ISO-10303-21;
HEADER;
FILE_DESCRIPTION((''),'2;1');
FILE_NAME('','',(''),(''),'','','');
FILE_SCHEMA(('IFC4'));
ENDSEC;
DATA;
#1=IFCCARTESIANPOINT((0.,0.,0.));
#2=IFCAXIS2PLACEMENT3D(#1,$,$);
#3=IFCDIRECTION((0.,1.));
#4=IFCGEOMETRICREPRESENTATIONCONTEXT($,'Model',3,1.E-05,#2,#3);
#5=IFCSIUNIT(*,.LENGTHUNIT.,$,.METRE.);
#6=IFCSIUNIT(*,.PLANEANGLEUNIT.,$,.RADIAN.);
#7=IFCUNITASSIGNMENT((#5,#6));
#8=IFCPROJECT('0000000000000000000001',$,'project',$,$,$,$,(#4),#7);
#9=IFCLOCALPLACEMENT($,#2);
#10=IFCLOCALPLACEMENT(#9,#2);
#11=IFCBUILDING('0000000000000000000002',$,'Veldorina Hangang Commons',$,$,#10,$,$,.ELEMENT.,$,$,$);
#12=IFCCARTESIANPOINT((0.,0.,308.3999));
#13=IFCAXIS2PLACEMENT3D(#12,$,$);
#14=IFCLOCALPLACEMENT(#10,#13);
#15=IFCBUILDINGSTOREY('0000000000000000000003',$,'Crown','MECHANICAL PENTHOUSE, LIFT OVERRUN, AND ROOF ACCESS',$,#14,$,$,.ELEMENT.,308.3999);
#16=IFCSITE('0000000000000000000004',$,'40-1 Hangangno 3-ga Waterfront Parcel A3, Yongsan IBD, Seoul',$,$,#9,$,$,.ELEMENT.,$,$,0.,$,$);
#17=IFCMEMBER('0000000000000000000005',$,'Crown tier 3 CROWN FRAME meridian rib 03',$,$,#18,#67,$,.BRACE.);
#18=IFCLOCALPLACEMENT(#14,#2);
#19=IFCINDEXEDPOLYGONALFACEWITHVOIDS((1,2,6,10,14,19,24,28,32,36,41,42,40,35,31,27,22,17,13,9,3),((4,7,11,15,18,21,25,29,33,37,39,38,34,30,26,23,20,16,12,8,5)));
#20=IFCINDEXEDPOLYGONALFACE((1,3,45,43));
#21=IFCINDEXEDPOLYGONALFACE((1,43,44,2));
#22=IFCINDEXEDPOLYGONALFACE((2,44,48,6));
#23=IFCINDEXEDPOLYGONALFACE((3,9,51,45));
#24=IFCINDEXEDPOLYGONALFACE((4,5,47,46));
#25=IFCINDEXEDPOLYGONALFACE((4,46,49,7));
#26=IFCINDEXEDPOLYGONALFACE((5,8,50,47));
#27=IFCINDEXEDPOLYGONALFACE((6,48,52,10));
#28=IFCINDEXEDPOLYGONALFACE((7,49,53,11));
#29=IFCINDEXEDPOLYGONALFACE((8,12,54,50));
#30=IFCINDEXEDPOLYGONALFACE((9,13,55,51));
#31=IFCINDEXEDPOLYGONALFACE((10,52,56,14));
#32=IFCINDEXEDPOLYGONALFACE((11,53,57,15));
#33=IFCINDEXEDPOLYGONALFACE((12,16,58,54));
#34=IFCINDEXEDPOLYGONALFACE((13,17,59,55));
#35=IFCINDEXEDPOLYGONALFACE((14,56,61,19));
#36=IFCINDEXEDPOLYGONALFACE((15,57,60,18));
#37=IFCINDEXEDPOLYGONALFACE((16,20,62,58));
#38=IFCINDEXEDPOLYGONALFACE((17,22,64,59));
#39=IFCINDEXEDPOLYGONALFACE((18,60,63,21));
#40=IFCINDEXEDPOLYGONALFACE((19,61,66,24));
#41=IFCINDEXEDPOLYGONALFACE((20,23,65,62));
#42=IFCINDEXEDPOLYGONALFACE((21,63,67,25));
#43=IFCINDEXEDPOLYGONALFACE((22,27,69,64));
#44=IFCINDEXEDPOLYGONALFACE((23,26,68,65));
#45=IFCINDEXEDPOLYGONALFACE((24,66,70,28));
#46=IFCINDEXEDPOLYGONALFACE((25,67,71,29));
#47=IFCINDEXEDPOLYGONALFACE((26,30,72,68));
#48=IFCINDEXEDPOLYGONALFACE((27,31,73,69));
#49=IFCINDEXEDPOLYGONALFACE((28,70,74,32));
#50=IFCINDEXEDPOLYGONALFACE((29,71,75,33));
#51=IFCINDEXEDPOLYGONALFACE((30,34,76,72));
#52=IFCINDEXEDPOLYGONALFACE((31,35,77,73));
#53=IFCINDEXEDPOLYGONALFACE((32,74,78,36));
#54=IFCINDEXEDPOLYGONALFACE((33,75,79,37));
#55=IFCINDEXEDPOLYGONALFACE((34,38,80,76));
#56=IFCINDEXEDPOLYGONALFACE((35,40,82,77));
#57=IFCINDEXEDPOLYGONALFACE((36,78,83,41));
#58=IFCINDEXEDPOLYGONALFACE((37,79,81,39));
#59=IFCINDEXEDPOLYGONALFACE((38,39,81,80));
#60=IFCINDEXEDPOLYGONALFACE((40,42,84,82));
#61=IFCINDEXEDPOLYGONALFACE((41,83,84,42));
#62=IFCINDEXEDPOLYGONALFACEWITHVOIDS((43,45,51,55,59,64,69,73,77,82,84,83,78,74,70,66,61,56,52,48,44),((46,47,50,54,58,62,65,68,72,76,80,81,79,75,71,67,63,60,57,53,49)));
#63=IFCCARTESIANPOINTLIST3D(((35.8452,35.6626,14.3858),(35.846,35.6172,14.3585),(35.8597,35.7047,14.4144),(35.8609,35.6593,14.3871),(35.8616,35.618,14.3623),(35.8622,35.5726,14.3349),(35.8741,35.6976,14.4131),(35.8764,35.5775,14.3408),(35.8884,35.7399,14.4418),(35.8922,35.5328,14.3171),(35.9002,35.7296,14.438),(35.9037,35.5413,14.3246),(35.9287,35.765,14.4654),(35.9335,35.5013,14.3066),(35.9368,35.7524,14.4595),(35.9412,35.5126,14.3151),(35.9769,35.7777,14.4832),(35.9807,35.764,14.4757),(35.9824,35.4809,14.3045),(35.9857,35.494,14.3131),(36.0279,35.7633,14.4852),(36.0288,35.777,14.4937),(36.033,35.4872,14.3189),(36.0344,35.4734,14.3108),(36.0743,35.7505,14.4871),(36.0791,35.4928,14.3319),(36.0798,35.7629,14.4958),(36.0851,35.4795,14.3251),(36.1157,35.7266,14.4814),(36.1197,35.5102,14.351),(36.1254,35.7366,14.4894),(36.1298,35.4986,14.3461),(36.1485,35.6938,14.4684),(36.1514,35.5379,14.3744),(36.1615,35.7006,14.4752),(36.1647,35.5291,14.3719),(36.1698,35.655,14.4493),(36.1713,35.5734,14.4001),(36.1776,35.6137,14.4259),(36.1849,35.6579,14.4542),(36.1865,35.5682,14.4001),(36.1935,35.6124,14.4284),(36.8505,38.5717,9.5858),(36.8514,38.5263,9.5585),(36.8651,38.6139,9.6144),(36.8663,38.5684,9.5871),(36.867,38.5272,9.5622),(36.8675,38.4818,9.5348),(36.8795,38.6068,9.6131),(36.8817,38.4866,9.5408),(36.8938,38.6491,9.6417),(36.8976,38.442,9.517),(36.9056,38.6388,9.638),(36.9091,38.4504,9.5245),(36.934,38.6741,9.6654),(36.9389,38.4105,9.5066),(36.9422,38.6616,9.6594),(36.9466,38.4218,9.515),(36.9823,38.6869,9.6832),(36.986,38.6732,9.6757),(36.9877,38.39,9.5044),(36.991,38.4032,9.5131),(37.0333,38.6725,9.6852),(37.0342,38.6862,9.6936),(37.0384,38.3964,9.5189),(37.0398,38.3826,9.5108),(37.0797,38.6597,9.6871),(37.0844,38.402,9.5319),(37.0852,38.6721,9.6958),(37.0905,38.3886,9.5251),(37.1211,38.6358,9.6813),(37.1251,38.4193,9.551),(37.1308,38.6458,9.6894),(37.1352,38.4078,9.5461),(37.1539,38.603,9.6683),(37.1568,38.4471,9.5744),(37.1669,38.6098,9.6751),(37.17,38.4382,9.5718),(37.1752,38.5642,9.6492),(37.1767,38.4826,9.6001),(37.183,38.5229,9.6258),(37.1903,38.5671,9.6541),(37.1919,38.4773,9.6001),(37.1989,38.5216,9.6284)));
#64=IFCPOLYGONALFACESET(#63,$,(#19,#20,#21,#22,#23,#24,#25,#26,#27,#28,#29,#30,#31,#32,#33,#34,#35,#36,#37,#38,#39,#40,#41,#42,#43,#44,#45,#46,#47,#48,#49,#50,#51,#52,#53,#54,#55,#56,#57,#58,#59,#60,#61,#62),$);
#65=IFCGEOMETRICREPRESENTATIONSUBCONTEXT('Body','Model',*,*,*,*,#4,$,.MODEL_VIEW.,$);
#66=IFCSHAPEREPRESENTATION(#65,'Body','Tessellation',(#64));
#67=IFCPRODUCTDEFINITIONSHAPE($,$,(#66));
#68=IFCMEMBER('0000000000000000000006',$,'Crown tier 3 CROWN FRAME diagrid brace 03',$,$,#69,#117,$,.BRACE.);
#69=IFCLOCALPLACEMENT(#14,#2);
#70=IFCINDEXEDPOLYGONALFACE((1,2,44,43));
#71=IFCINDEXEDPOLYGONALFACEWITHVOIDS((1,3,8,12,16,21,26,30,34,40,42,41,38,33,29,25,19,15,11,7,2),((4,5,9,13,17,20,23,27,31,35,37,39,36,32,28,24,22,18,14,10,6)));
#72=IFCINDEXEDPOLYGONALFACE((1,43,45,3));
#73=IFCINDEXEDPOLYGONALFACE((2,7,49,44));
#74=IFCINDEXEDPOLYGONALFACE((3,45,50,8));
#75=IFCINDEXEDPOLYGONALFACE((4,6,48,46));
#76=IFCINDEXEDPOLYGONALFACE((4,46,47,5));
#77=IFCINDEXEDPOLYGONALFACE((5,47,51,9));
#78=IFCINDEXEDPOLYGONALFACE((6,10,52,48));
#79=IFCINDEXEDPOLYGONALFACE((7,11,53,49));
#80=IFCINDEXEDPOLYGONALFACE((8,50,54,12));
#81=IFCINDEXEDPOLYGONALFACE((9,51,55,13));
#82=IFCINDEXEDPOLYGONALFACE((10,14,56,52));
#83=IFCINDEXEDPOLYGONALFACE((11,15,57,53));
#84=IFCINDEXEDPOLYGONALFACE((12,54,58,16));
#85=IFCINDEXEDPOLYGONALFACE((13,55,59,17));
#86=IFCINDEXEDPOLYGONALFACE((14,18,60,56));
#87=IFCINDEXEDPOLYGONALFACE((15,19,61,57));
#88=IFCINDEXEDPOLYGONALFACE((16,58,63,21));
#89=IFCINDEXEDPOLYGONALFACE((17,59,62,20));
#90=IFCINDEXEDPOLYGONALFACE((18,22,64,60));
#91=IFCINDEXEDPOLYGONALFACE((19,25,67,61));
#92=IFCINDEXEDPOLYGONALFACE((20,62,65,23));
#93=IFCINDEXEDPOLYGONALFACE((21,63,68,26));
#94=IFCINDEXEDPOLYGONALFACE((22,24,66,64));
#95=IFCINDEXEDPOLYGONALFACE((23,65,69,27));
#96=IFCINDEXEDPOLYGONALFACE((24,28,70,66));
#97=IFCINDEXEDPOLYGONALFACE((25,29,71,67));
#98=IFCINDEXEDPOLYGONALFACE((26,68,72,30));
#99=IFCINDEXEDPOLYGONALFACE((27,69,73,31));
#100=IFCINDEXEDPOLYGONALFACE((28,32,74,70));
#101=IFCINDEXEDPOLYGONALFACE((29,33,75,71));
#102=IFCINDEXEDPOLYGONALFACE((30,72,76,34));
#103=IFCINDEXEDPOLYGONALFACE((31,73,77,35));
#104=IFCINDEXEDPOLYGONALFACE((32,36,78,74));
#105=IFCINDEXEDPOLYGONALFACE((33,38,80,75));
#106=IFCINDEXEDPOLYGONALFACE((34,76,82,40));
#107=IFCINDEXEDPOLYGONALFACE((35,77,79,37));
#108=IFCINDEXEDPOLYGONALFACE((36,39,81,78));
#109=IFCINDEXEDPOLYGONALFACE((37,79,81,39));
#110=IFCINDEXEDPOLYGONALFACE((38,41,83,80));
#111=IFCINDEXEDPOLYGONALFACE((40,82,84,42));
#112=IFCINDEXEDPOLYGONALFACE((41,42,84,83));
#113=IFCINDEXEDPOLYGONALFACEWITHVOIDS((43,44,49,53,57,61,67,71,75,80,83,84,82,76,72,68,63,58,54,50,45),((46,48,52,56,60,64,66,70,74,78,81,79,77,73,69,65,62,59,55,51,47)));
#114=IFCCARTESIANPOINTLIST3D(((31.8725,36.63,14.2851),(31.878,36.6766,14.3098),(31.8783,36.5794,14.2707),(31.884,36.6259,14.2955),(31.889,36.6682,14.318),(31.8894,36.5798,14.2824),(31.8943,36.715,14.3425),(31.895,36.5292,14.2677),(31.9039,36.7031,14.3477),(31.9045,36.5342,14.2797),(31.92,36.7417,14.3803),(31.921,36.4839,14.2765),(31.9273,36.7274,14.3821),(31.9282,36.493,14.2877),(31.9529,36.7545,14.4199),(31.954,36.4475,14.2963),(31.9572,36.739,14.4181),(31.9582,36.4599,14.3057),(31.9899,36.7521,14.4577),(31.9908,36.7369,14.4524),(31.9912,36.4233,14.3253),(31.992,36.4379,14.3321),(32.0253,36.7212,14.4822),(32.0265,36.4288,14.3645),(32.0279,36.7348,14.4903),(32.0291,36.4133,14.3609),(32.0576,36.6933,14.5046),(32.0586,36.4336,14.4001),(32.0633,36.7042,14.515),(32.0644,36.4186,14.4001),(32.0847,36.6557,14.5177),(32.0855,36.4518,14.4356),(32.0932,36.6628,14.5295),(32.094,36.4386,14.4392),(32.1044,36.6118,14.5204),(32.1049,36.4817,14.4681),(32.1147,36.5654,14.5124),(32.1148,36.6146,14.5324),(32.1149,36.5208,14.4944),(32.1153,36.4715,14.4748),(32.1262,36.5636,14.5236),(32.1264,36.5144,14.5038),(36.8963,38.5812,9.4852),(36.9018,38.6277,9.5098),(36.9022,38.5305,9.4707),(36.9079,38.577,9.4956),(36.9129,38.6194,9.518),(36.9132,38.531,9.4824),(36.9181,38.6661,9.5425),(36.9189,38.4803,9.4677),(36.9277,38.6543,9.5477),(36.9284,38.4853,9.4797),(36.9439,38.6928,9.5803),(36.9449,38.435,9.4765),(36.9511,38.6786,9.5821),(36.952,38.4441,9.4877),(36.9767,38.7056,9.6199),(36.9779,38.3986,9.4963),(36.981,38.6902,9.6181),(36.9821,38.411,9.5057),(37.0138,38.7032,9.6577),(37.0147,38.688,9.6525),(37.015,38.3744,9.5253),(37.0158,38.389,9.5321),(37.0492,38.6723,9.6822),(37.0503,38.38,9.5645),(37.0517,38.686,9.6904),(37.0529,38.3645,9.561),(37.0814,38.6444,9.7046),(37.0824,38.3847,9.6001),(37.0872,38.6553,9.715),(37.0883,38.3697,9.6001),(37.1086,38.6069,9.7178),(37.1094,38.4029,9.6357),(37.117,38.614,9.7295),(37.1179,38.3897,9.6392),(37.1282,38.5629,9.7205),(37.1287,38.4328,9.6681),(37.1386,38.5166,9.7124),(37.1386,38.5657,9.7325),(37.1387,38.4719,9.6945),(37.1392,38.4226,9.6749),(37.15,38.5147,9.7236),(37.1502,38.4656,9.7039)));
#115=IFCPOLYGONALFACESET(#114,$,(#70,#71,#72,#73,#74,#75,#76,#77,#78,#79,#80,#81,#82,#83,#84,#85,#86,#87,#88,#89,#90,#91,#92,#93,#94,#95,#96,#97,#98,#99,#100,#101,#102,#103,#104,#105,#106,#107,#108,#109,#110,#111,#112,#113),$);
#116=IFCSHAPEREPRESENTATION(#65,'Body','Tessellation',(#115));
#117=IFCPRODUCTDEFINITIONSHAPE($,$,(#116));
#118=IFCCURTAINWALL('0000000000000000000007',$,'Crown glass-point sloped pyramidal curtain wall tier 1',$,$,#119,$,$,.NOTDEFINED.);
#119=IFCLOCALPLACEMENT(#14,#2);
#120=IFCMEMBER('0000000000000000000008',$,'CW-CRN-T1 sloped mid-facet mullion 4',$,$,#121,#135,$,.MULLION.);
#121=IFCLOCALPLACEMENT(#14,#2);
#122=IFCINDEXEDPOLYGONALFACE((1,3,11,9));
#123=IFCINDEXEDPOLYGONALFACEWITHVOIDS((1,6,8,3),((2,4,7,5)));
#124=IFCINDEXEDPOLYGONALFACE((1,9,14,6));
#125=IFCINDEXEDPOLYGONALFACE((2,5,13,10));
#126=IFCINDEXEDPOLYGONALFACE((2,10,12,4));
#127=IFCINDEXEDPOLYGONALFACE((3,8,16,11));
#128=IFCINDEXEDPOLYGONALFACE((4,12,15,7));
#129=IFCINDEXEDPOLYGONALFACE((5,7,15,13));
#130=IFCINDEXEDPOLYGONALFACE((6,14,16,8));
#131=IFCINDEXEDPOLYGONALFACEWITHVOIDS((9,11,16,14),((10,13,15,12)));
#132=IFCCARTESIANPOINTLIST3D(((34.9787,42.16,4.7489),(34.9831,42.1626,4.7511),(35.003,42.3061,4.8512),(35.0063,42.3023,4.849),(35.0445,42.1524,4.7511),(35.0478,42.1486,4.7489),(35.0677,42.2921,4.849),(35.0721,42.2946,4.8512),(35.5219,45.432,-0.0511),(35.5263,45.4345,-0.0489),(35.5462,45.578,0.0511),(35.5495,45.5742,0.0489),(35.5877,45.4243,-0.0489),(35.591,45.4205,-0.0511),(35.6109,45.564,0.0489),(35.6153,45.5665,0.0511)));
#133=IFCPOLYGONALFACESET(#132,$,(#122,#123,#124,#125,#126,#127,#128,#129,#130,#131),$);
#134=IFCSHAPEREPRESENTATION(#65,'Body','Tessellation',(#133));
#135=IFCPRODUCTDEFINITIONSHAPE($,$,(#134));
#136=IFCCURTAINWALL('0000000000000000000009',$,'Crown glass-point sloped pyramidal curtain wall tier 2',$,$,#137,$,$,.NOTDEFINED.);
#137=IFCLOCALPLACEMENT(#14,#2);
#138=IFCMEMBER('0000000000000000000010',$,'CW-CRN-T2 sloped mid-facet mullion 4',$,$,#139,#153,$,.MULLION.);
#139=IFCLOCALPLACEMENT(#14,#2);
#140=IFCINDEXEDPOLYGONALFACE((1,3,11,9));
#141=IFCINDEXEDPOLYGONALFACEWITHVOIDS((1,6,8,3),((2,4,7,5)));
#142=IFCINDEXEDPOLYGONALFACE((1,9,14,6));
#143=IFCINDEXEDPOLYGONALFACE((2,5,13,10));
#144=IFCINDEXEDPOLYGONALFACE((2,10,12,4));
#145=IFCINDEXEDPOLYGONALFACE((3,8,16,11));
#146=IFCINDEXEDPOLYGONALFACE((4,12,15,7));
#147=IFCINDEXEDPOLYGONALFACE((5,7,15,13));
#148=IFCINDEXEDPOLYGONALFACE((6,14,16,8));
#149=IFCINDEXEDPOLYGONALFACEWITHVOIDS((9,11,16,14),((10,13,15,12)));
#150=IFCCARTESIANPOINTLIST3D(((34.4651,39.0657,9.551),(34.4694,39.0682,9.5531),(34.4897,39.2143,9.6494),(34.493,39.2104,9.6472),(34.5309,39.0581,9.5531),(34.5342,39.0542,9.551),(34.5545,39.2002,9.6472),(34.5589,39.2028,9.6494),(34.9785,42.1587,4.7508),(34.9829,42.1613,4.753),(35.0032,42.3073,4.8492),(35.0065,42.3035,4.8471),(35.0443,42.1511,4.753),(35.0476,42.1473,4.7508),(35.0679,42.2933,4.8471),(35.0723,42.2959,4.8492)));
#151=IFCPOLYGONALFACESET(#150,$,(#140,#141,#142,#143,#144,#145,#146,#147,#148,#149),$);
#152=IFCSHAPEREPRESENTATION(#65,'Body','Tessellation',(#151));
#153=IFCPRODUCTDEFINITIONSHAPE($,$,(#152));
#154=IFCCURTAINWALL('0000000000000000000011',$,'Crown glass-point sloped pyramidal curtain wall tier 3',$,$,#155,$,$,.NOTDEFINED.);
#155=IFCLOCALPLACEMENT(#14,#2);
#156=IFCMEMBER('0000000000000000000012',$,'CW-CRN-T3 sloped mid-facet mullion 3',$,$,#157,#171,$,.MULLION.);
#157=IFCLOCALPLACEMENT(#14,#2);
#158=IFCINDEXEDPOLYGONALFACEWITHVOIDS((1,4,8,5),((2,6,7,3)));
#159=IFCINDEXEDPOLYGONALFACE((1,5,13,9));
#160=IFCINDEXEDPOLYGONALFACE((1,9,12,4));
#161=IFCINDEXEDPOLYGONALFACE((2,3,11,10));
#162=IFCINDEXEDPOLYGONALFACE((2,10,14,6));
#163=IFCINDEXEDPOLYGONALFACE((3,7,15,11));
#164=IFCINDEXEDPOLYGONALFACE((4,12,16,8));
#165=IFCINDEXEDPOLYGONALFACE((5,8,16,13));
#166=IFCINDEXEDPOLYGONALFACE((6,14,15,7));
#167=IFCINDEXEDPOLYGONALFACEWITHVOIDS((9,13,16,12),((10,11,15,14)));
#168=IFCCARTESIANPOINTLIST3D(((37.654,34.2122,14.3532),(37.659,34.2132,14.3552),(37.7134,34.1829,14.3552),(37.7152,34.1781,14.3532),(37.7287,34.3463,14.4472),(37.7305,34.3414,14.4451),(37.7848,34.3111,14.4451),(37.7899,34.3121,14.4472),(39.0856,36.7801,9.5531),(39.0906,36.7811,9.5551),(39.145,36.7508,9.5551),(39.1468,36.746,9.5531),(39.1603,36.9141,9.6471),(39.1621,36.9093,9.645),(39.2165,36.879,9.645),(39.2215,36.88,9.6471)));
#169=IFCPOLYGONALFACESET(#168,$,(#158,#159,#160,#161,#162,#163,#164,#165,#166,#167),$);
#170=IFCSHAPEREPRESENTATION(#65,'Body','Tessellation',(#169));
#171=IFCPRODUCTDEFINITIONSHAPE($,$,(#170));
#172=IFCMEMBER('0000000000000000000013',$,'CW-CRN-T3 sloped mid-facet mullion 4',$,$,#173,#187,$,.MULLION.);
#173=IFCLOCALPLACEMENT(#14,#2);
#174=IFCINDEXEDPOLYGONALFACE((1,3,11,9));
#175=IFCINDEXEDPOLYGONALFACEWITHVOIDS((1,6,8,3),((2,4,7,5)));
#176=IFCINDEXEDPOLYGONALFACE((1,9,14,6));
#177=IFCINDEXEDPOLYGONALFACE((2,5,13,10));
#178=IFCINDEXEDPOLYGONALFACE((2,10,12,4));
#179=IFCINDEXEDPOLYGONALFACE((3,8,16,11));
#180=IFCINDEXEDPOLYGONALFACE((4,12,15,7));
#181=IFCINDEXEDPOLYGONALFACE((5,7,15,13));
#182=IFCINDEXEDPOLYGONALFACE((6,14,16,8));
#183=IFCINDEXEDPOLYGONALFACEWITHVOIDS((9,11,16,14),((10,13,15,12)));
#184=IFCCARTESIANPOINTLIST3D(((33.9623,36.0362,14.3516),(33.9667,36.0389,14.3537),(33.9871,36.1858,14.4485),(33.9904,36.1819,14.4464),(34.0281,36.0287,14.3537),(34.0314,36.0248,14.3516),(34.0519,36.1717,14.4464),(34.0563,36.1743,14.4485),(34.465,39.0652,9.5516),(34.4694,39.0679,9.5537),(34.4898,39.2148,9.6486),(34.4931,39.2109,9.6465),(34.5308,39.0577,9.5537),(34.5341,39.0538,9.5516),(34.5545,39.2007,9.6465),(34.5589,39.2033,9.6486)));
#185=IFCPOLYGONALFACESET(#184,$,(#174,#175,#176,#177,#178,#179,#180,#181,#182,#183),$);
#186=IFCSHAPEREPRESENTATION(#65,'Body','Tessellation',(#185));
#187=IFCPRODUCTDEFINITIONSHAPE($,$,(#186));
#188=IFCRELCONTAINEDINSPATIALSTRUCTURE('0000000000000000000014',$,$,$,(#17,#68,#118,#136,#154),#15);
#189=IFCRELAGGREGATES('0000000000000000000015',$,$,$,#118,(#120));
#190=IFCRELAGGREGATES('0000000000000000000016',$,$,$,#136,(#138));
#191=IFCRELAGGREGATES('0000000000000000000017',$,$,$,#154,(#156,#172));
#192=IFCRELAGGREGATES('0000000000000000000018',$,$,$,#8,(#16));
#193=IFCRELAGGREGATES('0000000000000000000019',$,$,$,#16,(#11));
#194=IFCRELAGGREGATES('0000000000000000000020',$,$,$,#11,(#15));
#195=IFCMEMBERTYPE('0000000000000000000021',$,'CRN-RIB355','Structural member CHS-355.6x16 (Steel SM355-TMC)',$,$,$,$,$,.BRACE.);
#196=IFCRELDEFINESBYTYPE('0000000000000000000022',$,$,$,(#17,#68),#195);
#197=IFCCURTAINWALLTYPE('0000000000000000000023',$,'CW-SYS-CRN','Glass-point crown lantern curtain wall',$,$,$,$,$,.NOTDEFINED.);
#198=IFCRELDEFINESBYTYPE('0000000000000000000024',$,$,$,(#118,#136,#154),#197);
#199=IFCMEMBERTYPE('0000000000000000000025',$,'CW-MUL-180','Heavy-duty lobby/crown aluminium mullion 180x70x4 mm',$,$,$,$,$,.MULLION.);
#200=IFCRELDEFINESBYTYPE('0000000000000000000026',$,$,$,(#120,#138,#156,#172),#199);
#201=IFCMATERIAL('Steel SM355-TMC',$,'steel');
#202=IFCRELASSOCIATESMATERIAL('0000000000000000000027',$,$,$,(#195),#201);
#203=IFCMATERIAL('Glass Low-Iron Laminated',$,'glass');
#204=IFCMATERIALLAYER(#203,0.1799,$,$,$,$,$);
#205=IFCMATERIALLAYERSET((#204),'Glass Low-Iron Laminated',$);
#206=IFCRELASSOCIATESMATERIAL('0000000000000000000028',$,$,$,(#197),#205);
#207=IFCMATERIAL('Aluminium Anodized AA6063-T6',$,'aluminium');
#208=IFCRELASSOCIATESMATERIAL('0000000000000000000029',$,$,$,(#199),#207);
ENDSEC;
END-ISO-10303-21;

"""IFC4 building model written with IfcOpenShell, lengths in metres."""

from ifc_helpers import new_model, si_unit, direction, frame, origin, origin_2d, place, context, subcontext, project, spatial, hollow_rectangle, hollow_circle, extrude, material, layer, layer_set, material_profile, profile_set, type_object, element, aggregate, save


model = new_model("IFC4")

# Units and contexts
model_context = context("Model", 3, precision=1e-05, world=origin(), true_north=direction((0.0, 1.0)))
body_context = subcontext(model_context, "Body", "Model", "MODEL_VIEW")
ifc_project = project(units=[si_unit("LENGTHUNIT", "METRE"), si_unit("PLANEANGLEUNIT", "RADIAN")], contexts=[model_context])

# Site, building, storey
site_placement = place(None, origin())
site = spatial("IfcSite", under=ifc_project, at=site_placement, Name="40-1 Hangangno 3-ga Waterfront Parcel A3, Yongsan IBD, Seoul", CompositionType="ELEMENT", RefElevation=0.0)
building_placement = place(site_placement, origin())
building = spatial("IfcBuilding", under=site, at=building_placement, Name="Veldorina Hangang Commons", CompositionType="ELEMENT")
storey_placement = place(building_placement, frame((0.0, 0.0, 308.3999)))
storey = spatial("IfcBuildingStorey", under=building, at=storey_placement, Name="Crown", Description="MECHANICAL PENTHOUSE, LIFT OVERRUN, AND ROOF ACCESS", CompositionType="ELEMENT", Elevation=308.3999)

# Members
ifc_material_1 = material(Name="Steel SM355-TMC", Category="steel")
ifc_material_profile_1 = material_profile(ifc_material_1, hollow_circle(Radius=0.1777, WallThickness=0.0161, at=origin_2d()), Name="CHS-355.6x16")
ifc_profile_set_1 = profile_set([ifc_material_profile_1], Name="Steel SM355-TMC")
member_type_1 = type_object("IfcMemberType", Name="CRN-RIB355", Description="Structural member CHS-355.6x16 (Steel SM355-TMC)", PredefinedType="BRACE", material=ifc_profile_set_1)
member_1_placement = place(storey_placement, frame((37.0239, 38.5354, 9.6001), z_axis=(-0.176314, -0.51019, 0.841796), x_axis=(0.945152, -0.326631, 0.0)))
element("IfcMember", 1, at=member_1_placement, inside=storey, type_object=member_type_1, Name="Crown tier 3 CROWN FRAME meridian rib 03", PredefinedType="BRACE", context=body_context, shape_type="SweptSolid", body=[
    extrude(hollow_circle(Radius=0.1777, WallThickness=0.0161, at=origin_2d()), origin(), (0.0, 0.0, 1.0), 5.7021),
])
member_2_placement = place(storey_placement, frame((37.0239, 38.5354, 9.6001), z_axis=(-0.696109, -0.270352, 0.665088), x_axis=(0.362031, -0.932166, 0.0)))
element("IfcMember", 2, at=member_2_placement, inside=storey, type_object=member_type_1, Name="Crown tier 3 CROWN FRAME diagrid brace 03", PredefinedType="BRACE", context=body_context, shape_type="SweptSolid", body=[
    extrude(hollow_circle(Radius=0.1777, WallThickness=0.0161, at=origin_2d()), origin(), (0.0, 0.0, 1.0), 7.217),
])

# Curtain walls, members
ifc_material_2 = material(Name="Glass Low-Iron Laminated", Category="glass")
ifc_layer_1 = layer(ifc_material_2, 0.1799)
ifc_layer_set_1 = layer_set([ifc_layer_1], Name="Glass Low-Iron Laminated")
curtain_wall_type = type_object("IfcCurtainWallType", Name="CW-SYS-CRN", Description="Glass-point crown lantern curtain wall", PredefinedType="NOTDEFINED", material=ifc_layer_set_1)
curtain_wall_1_placement = place(storey_placement, origin())
curtain_wall_1 = element("IfcCurtainWall", 3, at=curtain_wall_1_placement, inside=storey, type_object=curtain_wall_type, Name="Crown glass-point sloped pyramidal curtain wall tier 1", PredefinedType="NOTDEFINED")
ifc_material_3 = material(Name="Aluminium Anodized AA6063-T6", Category="aluminium")
ifc_material_profile_2 = material_profile(ifc_material_3, hollow_rectangle(XDim=0.0701, YDim=0.1799, WallThickness=0.0039, at=origin_2d()), Name="ALU-RHS-180x70x4")
ifc_profile_set_2 = profile_set([ifc_material_profile_2], Name="Aluminium Anodized AA6063-T6")
member_type_2 = type_object("IfcMemberType", Name="CW-MUL-180", Description="Heavy-duty lobby/crown aluminium mullion 180x70x4 mm", PredefinedType="MULLION", material=ifc_profile_set_2)
member_3_placement = place(storey_placement, frame((35.5686, 45.4993, 0.0), z_axis=(-0.093104, -0.560798, 0.822701), x_axis=(0.986497, -0.163778, 0.0)))
member_3 = element("IfcMember", 4, at=member_3_placement, type_object=member_type_2, Name="CW-CRN-T1 sloped mid-facet mullion 4", PredefinedType="MULLION", context=body_context, shape_type="SweptSolid", body=[
    extrude(hollow_rectangle(XDim=0.0701, YDim=0.1799, WallThickness=0.0039, at=origin_2d()), origin(), (0.0, 0.0, 1.0), 5.8345),
])
curtain_wall_2_placement = place(storey_placement, origin())
curtain_wall_2 = element("IfcCurtainWall", 5, at=curtain_wall_2_placement, inside=storey, type_object=curtain_wall_type, Name="Crown glass-point sloped pyramidal curtain wall tier 2", PredefinedType="NOTDEFINED")
member_4_placement = place(storey_placement, frame((35.0254, 42.2273, 4.8), z_axis=(-0.089552, -0.539482, 0.837221), x_axis=(0.986501, -0.163755, 0.0)))
member_4 = element("IfcMember", 6, at=member_4_placement, type_object=member_type_2, Name="CW-CRN-T2 sloped mid-facet mullion 4", PredefinedType="MULLION", context=body_context, shape_type="SweptSolid", body=[
    extrude(hollow_rectangle(XDim=0.0701, YDim=0.1799, WallThickness=0.0039, at=origin_2d()), origin(), (0.0, 0.0, 1.0), 5.7334),
])

# Curtain wall, members
curtain_wall_3_placement = place(storey_placement, origin())
curtain_wall_3 = element("IfcCurtainWall", 7, at=curtain_wall_3_placement, inside=storey, type_object=curtain_wall_type, Name="Crown glass-point sloped pyramidal curtain wall tier 3", PredefinedType="NOTDEFINED")
member_5_placement = place(storey_placement, frame((39.1536, 36.8301, 9.6001), z_axis=(-0.25434, -0.456198, 0.852757), x_axis=(0.873428, -0.486954, 0.0)))
member_5 = element("IfcMember", 8, at=member_5_placement, type_object=member_type_2, Name="CW-CRN-T3 sloped mid-facet mullion 3", PredefinedType="MULLION", context=body_context, shape_type="SweptSolid", body=[
    extrude(hollow_rectangle(XDim=0.0701, YDim=0.1799, WallThickness=0.0039, at=origin_2d()), origin(), (0.0, 0.0, 1.0), 5.6289),
])
member_6_placement = place(storey_placement, frame((34.512, 39.1343, 9.6001), z_axis=(-0.08822, -0.53159, 0.842395), x_axis=(0.986508, -0.163716, 0.0)))
member_6 = element("IfcMember", 9, at=member_6_placement, type_object=member_type_2, Name="CW-CRN-T3 sloped mid-facet mullion 4", PredefinedType="MULLION", context=body_context, shape_type="SweptSolid", body=[
    extrude(hollow_rectangle(XDim=0.0701, YDim=0.1799, WallThickness=0.0039, at=origin_2d()), origin(), (0.0, 0.0, 1.0), 5.698),
])

aggregate(curtain_wall_1, [member_3])
aggregate(curtain_wall_2, [member_4])
aggregate(curtain_wall_3, [member_5, member_6])

save(model, "model.ifc")
